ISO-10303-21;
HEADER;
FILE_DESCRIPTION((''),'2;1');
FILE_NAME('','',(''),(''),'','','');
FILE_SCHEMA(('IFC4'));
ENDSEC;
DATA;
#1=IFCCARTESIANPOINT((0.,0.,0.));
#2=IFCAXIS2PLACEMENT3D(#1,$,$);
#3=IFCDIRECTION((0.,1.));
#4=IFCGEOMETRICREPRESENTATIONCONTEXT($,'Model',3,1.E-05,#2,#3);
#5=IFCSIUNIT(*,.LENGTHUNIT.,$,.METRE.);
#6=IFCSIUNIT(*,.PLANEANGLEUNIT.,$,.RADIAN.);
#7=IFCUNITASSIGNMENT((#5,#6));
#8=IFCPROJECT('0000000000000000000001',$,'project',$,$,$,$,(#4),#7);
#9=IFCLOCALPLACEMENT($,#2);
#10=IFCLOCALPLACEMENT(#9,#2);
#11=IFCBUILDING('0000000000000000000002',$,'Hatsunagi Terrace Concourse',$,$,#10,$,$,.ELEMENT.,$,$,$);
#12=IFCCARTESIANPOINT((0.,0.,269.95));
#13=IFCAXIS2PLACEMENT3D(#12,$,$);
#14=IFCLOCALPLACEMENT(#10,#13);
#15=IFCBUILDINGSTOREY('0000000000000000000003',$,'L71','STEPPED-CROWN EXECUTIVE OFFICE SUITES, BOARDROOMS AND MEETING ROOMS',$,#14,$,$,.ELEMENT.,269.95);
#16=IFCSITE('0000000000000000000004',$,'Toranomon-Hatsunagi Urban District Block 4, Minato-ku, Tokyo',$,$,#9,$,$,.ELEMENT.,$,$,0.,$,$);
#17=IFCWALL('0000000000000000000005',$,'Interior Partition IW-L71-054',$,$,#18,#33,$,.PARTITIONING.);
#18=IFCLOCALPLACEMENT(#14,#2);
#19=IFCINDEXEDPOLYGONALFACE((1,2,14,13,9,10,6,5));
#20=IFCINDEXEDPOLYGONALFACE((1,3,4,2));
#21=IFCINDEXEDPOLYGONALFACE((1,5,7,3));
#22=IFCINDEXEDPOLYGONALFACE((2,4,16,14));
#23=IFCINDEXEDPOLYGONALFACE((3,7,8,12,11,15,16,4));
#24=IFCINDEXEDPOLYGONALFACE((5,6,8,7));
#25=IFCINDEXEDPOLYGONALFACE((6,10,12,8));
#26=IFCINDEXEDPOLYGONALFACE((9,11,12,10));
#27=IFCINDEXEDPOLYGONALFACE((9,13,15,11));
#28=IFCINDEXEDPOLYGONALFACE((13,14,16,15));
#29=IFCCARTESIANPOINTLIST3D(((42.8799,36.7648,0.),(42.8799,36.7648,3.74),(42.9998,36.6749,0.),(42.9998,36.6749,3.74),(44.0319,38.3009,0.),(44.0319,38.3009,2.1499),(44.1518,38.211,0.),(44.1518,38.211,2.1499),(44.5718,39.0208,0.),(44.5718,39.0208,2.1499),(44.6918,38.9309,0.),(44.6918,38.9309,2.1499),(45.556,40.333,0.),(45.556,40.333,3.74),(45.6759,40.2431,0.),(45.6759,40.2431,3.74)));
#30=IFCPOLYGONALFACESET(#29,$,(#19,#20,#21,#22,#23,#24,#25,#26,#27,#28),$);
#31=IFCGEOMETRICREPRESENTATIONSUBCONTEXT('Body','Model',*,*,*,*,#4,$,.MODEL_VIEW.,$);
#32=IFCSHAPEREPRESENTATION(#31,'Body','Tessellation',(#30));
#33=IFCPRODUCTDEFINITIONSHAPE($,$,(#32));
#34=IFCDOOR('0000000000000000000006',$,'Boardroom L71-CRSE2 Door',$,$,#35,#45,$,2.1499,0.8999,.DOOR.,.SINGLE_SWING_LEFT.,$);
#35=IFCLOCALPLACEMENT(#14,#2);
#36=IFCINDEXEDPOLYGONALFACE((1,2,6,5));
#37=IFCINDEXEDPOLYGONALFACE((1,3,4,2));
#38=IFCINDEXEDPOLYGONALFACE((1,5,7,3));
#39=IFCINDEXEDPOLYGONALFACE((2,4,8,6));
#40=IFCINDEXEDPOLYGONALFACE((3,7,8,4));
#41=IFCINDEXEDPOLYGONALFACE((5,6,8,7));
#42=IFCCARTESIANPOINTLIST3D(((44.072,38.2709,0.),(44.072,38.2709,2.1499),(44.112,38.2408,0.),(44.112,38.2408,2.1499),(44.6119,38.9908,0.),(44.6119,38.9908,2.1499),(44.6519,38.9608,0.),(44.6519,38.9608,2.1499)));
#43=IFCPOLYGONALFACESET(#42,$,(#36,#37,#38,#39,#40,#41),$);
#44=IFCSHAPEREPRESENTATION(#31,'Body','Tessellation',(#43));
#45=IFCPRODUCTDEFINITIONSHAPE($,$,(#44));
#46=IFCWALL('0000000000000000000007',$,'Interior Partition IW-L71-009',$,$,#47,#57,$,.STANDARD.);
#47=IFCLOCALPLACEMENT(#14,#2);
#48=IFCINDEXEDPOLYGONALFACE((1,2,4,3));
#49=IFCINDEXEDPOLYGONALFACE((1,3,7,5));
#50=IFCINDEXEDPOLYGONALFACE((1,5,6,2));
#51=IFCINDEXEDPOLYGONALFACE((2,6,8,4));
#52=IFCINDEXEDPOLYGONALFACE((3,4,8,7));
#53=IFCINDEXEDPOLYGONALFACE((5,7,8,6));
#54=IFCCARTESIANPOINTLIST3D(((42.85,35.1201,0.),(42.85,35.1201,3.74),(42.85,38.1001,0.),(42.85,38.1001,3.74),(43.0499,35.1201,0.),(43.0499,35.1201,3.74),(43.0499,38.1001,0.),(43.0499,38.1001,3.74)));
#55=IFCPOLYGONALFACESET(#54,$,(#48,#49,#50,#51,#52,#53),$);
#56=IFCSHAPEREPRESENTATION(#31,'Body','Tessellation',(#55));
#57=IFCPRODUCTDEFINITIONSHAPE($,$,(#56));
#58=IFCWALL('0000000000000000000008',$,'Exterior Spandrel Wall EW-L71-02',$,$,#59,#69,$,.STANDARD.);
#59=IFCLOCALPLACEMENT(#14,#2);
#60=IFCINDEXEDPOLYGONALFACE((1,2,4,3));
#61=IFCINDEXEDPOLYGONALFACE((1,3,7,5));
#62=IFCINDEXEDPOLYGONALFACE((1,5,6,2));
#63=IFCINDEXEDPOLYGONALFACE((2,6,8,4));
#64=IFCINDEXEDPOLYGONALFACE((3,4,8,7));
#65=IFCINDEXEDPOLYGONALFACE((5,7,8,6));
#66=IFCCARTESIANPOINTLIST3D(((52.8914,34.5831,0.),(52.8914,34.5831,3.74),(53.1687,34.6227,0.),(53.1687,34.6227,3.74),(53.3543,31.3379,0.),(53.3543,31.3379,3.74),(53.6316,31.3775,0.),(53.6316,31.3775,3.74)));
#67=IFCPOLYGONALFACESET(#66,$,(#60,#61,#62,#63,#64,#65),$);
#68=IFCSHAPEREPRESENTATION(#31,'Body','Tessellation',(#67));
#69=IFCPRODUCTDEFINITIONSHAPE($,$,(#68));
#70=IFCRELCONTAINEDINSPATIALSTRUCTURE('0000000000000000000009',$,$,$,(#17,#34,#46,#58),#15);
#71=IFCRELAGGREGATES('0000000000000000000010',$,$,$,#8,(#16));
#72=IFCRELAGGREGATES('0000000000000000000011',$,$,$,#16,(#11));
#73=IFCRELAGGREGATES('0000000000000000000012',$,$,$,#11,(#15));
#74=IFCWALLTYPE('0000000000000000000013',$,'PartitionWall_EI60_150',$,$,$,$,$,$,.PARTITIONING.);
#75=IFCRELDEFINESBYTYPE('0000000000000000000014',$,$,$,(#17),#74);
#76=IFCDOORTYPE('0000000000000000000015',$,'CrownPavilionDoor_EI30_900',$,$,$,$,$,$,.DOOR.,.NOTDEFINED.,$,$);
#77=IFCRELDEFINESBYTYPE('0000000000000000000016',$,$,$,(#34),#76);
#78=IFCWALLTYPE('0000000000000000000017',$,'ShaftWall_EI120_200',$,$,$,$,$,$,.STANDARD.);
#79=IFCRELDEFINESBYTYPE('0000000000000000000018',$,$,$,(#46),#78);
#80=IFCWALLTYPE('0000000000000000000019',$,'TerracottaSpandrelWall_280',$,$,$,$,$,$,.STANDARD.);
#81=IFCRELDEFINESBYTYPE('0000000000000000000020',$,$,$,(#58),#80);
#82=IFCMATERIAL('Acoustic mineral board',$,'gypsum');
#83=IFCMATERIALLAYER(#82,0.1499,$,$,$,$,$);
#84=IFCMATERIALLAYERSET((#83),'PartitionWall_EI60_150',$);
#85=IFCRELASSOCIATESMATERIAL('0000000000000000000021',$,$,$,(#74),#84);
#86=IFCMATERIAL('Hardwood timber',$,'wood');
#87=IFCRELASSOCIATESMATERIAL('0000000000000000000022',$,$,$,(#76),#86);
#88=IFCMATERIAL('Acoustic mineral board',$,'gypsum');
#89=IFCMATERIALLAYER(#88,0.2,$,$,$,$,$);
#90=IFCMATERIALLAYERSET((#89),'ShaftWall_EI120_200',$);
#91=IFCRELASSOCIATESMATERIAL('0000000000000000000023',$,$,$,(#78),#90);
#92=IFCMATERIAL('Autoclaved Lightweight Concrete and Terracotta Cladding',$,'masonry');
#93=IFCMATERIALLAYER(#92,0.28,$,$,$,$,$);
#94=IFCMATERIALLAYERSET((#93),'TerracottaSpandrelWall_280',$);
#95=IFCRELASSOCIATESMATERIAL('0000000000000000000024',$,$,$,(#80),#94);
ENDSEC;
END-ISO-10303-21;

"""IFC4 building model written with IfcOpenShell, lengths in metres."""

from ifc_helpers import new_model, si_unit, direction, frame, frame_2d, origin, place, context, subcontext, project, spatial, rectangle, extrude, material, layer, layer_set, type_object, element, fill, save


model = new_model("IFC4")

# Units and contexts
model_context = context("Model", 3, precision=1e-05, world=origin(), true_north=direction((0.0, 1.0)))
body_context = subcontext(model_context, "Body", "Model", "MODEL_VIEW")
ifc_project = project(units=[si_unit("LENGTHUNIT", "METRE"), si_unit("PLANEANGLEUNIT", "RADIAN")], contexts=[model_context])

# Site, building, storey
site_placement = place(None, origin())
site = spatial("IfcSite", under=ifc_project, at=site_placement, Name="Toranomon-Hatsunagi Urban District Block 4, Minato-ku, Tokyo", CompositionType="ELEMENT", RefElevation=0.0)
building_placement = place(site_placement, origin())
building = spatial("IfcBuilding", under=site, at=building_placement, Name="Hatsunagi Terrace Concourse", CompositionType="ELEMENT")
storey_placement = place(building_placement, frame((0.0, 0.0, 269.95)))
storey = spatial("IfcBuildingStorey", under=building, at=storey_placement, Name="L71", Description="STEPPED-CROWN EXECUTIVE OFFICE SUITES, BOARDROOMS AND MEETING ROOMS", CompositionType="ELEMENT", Elevation=269.95)

# Shared definitions
ifc_material_1 = material(Name="Acoustic mineral board", Category="gypsum")
ifc_layer_1 = layer(ifc_material_1, 0.1499)
ifc_layer_set_1 = layer_set([ifc_layer_1], Name="PartitionWall_EI60_150")
wall_type_1 = type_object("IfcWallType", Name="PartitionWall_EI60_150", PredefinedType="PARTITIONING", material=ifc_layer_set_1)

# Wall, opening, door
wall_1_placement = place(storey_placement, frame((42.9399, 36.72, 0.0), z_axis=(0.0, 0.0, 1.0), x_axis=(0.599991, 0.800007, 0.0)))
wall_1 = element("IfcWall", 1, at=wall_1_placement, inside=storey, type_object=wall_type_1, Name="Interior Partition IW-L71-054", PredefinedType="PARTITIONING", context=body_context, shape_type="SweptSolid", body=[
    extrude(rectangle(XDim=4.4602, YDim=0.1499, at=frame_2d((2.23, 0.0))), origin(), (0.0, 0.0, 1.0), 3.74),
])
opening_placement = place(wall_1_placement, frame((1.9199, 0.0, 0.0)))
opening = element("IfcOpeningElement", 2, at=opening_placement, cuts=wall_1, PredefinedType="OPENING", context=body_context, shape_type="SweptSolid", body=[
    extrude(rectangle(XDim=0.8999, YDim=2.1499, at=frame_2d((0.45, 1.075))), frame((0.0, 0.085, 0.0), z_axis=(0.0, -1.0, 0.0), x_axis=(1.0, 0.0, 0.0)), (0.0, 0.0, 1.0), 0.1699),
])
ifc_material_2 = material(Name="Hardwood timber", Category="wood")
door_type = type_object("IfcDoorType", Name="CrownPavilionDoor_EI30_900", OperationType="NOTDEFINED", PredefinedType="DOOR", material=ifc_material_2)
door_placement = place(opening_placement, origin())
door = element("IfcDoor", 3, at=door_placement, inside=storey, type_object=door_type, Name="Boardroom L71-CRSE2 Door", OperationType="SINGLE_SWING_LEFT", OverallHeight=2.1499, OverallWidth=0.8999, PredefinedType="DOOR", context=body_context, shape_type="SweptSolid", body=[
    extrude(rectangle(XDim=0.8999, YDim=2.1499, at=frame_2d((0.45, 1.075))), frame((0.0, 0.0249, 0.0), z_axis=(0.0, -1.0, 0.0), x_axis=(1.0, 0.0, 0.0)), (0.0, 0.0, 1.0), 0.05),
])
fill(opening, door)

# Walls
ifc_material_3 = material(Name="Acoustic mineral board", Category="gypsum")
ifc_layer_2 = layer(ifc_material_3, 0.2)
ifc_layer_set_2 = layer_set([ifc_layer_2], Name="ShaftWall_EI120_200")
wall_type_2 = type_object("IfcWallType", Name="ShaftWall_EI120_200", PredefinedType="STANDARD", material=ifc_layer_set_2)
wall_2_placement = place(storey_placement, frame((42.95, 35.1201, 0.0), z_axis=(0.0, 0.0, 1.0), x_axis=(0.0, 1.0, 0.0)))
element("IfcWall", 4, at=wall_2_placement, inside=storey, type_object=wall_type_2, Name="Interior Partition IW-L71-009", PredefinedType="STANDARD", context=body_context, shape_type="SweptSolid", body=[
    extrude(rectangle(XDim=2.98, YDim=0.2, at=frame_2d((1.49, 0.0))), origin(), (0.0, 0.0, 1.0), 3.74),
])
ifc_material_4 = material(Name="Autoclaved Lightweight Concrete and Terracotta Cladding", Category="masonry")
ifc_layer_3 = layer(ifc_material_4, 0.28)
ifc_layer_set_3 = layer_set([ifc_layer_3], Name="TerracottaSpandrelWall_280")
wall_type_3 = type_object("IfcWallType", Name="TerracottaSpandrelWall_280", PredefinedType="STANDARD", material=ifc_layer_set_3)
wall_3_placement = place(storey_placement, frame((53.03, 34.603, 0.0), z_axis=(0.0, 0.0, 1.0), x_axis=(0.141213, -0.989979, 0.0)))
element("IfcWall", 5, at=wall_3_placement, inside=storey, type_object=wall_type_3, Name="Exterior Spandrel Wall EW-L71-02", PredefinedType="STANDARD", context=body_context, shape_type="SweptSolid", body=[
    extrude(rectangle(XDim=3.2781, YDim=0.28, at=frame_2d((1.6392, 0.0))), origin(), (0.0, 0.0, 1.0), 3.74),
])

save(model, "model.ifc")
